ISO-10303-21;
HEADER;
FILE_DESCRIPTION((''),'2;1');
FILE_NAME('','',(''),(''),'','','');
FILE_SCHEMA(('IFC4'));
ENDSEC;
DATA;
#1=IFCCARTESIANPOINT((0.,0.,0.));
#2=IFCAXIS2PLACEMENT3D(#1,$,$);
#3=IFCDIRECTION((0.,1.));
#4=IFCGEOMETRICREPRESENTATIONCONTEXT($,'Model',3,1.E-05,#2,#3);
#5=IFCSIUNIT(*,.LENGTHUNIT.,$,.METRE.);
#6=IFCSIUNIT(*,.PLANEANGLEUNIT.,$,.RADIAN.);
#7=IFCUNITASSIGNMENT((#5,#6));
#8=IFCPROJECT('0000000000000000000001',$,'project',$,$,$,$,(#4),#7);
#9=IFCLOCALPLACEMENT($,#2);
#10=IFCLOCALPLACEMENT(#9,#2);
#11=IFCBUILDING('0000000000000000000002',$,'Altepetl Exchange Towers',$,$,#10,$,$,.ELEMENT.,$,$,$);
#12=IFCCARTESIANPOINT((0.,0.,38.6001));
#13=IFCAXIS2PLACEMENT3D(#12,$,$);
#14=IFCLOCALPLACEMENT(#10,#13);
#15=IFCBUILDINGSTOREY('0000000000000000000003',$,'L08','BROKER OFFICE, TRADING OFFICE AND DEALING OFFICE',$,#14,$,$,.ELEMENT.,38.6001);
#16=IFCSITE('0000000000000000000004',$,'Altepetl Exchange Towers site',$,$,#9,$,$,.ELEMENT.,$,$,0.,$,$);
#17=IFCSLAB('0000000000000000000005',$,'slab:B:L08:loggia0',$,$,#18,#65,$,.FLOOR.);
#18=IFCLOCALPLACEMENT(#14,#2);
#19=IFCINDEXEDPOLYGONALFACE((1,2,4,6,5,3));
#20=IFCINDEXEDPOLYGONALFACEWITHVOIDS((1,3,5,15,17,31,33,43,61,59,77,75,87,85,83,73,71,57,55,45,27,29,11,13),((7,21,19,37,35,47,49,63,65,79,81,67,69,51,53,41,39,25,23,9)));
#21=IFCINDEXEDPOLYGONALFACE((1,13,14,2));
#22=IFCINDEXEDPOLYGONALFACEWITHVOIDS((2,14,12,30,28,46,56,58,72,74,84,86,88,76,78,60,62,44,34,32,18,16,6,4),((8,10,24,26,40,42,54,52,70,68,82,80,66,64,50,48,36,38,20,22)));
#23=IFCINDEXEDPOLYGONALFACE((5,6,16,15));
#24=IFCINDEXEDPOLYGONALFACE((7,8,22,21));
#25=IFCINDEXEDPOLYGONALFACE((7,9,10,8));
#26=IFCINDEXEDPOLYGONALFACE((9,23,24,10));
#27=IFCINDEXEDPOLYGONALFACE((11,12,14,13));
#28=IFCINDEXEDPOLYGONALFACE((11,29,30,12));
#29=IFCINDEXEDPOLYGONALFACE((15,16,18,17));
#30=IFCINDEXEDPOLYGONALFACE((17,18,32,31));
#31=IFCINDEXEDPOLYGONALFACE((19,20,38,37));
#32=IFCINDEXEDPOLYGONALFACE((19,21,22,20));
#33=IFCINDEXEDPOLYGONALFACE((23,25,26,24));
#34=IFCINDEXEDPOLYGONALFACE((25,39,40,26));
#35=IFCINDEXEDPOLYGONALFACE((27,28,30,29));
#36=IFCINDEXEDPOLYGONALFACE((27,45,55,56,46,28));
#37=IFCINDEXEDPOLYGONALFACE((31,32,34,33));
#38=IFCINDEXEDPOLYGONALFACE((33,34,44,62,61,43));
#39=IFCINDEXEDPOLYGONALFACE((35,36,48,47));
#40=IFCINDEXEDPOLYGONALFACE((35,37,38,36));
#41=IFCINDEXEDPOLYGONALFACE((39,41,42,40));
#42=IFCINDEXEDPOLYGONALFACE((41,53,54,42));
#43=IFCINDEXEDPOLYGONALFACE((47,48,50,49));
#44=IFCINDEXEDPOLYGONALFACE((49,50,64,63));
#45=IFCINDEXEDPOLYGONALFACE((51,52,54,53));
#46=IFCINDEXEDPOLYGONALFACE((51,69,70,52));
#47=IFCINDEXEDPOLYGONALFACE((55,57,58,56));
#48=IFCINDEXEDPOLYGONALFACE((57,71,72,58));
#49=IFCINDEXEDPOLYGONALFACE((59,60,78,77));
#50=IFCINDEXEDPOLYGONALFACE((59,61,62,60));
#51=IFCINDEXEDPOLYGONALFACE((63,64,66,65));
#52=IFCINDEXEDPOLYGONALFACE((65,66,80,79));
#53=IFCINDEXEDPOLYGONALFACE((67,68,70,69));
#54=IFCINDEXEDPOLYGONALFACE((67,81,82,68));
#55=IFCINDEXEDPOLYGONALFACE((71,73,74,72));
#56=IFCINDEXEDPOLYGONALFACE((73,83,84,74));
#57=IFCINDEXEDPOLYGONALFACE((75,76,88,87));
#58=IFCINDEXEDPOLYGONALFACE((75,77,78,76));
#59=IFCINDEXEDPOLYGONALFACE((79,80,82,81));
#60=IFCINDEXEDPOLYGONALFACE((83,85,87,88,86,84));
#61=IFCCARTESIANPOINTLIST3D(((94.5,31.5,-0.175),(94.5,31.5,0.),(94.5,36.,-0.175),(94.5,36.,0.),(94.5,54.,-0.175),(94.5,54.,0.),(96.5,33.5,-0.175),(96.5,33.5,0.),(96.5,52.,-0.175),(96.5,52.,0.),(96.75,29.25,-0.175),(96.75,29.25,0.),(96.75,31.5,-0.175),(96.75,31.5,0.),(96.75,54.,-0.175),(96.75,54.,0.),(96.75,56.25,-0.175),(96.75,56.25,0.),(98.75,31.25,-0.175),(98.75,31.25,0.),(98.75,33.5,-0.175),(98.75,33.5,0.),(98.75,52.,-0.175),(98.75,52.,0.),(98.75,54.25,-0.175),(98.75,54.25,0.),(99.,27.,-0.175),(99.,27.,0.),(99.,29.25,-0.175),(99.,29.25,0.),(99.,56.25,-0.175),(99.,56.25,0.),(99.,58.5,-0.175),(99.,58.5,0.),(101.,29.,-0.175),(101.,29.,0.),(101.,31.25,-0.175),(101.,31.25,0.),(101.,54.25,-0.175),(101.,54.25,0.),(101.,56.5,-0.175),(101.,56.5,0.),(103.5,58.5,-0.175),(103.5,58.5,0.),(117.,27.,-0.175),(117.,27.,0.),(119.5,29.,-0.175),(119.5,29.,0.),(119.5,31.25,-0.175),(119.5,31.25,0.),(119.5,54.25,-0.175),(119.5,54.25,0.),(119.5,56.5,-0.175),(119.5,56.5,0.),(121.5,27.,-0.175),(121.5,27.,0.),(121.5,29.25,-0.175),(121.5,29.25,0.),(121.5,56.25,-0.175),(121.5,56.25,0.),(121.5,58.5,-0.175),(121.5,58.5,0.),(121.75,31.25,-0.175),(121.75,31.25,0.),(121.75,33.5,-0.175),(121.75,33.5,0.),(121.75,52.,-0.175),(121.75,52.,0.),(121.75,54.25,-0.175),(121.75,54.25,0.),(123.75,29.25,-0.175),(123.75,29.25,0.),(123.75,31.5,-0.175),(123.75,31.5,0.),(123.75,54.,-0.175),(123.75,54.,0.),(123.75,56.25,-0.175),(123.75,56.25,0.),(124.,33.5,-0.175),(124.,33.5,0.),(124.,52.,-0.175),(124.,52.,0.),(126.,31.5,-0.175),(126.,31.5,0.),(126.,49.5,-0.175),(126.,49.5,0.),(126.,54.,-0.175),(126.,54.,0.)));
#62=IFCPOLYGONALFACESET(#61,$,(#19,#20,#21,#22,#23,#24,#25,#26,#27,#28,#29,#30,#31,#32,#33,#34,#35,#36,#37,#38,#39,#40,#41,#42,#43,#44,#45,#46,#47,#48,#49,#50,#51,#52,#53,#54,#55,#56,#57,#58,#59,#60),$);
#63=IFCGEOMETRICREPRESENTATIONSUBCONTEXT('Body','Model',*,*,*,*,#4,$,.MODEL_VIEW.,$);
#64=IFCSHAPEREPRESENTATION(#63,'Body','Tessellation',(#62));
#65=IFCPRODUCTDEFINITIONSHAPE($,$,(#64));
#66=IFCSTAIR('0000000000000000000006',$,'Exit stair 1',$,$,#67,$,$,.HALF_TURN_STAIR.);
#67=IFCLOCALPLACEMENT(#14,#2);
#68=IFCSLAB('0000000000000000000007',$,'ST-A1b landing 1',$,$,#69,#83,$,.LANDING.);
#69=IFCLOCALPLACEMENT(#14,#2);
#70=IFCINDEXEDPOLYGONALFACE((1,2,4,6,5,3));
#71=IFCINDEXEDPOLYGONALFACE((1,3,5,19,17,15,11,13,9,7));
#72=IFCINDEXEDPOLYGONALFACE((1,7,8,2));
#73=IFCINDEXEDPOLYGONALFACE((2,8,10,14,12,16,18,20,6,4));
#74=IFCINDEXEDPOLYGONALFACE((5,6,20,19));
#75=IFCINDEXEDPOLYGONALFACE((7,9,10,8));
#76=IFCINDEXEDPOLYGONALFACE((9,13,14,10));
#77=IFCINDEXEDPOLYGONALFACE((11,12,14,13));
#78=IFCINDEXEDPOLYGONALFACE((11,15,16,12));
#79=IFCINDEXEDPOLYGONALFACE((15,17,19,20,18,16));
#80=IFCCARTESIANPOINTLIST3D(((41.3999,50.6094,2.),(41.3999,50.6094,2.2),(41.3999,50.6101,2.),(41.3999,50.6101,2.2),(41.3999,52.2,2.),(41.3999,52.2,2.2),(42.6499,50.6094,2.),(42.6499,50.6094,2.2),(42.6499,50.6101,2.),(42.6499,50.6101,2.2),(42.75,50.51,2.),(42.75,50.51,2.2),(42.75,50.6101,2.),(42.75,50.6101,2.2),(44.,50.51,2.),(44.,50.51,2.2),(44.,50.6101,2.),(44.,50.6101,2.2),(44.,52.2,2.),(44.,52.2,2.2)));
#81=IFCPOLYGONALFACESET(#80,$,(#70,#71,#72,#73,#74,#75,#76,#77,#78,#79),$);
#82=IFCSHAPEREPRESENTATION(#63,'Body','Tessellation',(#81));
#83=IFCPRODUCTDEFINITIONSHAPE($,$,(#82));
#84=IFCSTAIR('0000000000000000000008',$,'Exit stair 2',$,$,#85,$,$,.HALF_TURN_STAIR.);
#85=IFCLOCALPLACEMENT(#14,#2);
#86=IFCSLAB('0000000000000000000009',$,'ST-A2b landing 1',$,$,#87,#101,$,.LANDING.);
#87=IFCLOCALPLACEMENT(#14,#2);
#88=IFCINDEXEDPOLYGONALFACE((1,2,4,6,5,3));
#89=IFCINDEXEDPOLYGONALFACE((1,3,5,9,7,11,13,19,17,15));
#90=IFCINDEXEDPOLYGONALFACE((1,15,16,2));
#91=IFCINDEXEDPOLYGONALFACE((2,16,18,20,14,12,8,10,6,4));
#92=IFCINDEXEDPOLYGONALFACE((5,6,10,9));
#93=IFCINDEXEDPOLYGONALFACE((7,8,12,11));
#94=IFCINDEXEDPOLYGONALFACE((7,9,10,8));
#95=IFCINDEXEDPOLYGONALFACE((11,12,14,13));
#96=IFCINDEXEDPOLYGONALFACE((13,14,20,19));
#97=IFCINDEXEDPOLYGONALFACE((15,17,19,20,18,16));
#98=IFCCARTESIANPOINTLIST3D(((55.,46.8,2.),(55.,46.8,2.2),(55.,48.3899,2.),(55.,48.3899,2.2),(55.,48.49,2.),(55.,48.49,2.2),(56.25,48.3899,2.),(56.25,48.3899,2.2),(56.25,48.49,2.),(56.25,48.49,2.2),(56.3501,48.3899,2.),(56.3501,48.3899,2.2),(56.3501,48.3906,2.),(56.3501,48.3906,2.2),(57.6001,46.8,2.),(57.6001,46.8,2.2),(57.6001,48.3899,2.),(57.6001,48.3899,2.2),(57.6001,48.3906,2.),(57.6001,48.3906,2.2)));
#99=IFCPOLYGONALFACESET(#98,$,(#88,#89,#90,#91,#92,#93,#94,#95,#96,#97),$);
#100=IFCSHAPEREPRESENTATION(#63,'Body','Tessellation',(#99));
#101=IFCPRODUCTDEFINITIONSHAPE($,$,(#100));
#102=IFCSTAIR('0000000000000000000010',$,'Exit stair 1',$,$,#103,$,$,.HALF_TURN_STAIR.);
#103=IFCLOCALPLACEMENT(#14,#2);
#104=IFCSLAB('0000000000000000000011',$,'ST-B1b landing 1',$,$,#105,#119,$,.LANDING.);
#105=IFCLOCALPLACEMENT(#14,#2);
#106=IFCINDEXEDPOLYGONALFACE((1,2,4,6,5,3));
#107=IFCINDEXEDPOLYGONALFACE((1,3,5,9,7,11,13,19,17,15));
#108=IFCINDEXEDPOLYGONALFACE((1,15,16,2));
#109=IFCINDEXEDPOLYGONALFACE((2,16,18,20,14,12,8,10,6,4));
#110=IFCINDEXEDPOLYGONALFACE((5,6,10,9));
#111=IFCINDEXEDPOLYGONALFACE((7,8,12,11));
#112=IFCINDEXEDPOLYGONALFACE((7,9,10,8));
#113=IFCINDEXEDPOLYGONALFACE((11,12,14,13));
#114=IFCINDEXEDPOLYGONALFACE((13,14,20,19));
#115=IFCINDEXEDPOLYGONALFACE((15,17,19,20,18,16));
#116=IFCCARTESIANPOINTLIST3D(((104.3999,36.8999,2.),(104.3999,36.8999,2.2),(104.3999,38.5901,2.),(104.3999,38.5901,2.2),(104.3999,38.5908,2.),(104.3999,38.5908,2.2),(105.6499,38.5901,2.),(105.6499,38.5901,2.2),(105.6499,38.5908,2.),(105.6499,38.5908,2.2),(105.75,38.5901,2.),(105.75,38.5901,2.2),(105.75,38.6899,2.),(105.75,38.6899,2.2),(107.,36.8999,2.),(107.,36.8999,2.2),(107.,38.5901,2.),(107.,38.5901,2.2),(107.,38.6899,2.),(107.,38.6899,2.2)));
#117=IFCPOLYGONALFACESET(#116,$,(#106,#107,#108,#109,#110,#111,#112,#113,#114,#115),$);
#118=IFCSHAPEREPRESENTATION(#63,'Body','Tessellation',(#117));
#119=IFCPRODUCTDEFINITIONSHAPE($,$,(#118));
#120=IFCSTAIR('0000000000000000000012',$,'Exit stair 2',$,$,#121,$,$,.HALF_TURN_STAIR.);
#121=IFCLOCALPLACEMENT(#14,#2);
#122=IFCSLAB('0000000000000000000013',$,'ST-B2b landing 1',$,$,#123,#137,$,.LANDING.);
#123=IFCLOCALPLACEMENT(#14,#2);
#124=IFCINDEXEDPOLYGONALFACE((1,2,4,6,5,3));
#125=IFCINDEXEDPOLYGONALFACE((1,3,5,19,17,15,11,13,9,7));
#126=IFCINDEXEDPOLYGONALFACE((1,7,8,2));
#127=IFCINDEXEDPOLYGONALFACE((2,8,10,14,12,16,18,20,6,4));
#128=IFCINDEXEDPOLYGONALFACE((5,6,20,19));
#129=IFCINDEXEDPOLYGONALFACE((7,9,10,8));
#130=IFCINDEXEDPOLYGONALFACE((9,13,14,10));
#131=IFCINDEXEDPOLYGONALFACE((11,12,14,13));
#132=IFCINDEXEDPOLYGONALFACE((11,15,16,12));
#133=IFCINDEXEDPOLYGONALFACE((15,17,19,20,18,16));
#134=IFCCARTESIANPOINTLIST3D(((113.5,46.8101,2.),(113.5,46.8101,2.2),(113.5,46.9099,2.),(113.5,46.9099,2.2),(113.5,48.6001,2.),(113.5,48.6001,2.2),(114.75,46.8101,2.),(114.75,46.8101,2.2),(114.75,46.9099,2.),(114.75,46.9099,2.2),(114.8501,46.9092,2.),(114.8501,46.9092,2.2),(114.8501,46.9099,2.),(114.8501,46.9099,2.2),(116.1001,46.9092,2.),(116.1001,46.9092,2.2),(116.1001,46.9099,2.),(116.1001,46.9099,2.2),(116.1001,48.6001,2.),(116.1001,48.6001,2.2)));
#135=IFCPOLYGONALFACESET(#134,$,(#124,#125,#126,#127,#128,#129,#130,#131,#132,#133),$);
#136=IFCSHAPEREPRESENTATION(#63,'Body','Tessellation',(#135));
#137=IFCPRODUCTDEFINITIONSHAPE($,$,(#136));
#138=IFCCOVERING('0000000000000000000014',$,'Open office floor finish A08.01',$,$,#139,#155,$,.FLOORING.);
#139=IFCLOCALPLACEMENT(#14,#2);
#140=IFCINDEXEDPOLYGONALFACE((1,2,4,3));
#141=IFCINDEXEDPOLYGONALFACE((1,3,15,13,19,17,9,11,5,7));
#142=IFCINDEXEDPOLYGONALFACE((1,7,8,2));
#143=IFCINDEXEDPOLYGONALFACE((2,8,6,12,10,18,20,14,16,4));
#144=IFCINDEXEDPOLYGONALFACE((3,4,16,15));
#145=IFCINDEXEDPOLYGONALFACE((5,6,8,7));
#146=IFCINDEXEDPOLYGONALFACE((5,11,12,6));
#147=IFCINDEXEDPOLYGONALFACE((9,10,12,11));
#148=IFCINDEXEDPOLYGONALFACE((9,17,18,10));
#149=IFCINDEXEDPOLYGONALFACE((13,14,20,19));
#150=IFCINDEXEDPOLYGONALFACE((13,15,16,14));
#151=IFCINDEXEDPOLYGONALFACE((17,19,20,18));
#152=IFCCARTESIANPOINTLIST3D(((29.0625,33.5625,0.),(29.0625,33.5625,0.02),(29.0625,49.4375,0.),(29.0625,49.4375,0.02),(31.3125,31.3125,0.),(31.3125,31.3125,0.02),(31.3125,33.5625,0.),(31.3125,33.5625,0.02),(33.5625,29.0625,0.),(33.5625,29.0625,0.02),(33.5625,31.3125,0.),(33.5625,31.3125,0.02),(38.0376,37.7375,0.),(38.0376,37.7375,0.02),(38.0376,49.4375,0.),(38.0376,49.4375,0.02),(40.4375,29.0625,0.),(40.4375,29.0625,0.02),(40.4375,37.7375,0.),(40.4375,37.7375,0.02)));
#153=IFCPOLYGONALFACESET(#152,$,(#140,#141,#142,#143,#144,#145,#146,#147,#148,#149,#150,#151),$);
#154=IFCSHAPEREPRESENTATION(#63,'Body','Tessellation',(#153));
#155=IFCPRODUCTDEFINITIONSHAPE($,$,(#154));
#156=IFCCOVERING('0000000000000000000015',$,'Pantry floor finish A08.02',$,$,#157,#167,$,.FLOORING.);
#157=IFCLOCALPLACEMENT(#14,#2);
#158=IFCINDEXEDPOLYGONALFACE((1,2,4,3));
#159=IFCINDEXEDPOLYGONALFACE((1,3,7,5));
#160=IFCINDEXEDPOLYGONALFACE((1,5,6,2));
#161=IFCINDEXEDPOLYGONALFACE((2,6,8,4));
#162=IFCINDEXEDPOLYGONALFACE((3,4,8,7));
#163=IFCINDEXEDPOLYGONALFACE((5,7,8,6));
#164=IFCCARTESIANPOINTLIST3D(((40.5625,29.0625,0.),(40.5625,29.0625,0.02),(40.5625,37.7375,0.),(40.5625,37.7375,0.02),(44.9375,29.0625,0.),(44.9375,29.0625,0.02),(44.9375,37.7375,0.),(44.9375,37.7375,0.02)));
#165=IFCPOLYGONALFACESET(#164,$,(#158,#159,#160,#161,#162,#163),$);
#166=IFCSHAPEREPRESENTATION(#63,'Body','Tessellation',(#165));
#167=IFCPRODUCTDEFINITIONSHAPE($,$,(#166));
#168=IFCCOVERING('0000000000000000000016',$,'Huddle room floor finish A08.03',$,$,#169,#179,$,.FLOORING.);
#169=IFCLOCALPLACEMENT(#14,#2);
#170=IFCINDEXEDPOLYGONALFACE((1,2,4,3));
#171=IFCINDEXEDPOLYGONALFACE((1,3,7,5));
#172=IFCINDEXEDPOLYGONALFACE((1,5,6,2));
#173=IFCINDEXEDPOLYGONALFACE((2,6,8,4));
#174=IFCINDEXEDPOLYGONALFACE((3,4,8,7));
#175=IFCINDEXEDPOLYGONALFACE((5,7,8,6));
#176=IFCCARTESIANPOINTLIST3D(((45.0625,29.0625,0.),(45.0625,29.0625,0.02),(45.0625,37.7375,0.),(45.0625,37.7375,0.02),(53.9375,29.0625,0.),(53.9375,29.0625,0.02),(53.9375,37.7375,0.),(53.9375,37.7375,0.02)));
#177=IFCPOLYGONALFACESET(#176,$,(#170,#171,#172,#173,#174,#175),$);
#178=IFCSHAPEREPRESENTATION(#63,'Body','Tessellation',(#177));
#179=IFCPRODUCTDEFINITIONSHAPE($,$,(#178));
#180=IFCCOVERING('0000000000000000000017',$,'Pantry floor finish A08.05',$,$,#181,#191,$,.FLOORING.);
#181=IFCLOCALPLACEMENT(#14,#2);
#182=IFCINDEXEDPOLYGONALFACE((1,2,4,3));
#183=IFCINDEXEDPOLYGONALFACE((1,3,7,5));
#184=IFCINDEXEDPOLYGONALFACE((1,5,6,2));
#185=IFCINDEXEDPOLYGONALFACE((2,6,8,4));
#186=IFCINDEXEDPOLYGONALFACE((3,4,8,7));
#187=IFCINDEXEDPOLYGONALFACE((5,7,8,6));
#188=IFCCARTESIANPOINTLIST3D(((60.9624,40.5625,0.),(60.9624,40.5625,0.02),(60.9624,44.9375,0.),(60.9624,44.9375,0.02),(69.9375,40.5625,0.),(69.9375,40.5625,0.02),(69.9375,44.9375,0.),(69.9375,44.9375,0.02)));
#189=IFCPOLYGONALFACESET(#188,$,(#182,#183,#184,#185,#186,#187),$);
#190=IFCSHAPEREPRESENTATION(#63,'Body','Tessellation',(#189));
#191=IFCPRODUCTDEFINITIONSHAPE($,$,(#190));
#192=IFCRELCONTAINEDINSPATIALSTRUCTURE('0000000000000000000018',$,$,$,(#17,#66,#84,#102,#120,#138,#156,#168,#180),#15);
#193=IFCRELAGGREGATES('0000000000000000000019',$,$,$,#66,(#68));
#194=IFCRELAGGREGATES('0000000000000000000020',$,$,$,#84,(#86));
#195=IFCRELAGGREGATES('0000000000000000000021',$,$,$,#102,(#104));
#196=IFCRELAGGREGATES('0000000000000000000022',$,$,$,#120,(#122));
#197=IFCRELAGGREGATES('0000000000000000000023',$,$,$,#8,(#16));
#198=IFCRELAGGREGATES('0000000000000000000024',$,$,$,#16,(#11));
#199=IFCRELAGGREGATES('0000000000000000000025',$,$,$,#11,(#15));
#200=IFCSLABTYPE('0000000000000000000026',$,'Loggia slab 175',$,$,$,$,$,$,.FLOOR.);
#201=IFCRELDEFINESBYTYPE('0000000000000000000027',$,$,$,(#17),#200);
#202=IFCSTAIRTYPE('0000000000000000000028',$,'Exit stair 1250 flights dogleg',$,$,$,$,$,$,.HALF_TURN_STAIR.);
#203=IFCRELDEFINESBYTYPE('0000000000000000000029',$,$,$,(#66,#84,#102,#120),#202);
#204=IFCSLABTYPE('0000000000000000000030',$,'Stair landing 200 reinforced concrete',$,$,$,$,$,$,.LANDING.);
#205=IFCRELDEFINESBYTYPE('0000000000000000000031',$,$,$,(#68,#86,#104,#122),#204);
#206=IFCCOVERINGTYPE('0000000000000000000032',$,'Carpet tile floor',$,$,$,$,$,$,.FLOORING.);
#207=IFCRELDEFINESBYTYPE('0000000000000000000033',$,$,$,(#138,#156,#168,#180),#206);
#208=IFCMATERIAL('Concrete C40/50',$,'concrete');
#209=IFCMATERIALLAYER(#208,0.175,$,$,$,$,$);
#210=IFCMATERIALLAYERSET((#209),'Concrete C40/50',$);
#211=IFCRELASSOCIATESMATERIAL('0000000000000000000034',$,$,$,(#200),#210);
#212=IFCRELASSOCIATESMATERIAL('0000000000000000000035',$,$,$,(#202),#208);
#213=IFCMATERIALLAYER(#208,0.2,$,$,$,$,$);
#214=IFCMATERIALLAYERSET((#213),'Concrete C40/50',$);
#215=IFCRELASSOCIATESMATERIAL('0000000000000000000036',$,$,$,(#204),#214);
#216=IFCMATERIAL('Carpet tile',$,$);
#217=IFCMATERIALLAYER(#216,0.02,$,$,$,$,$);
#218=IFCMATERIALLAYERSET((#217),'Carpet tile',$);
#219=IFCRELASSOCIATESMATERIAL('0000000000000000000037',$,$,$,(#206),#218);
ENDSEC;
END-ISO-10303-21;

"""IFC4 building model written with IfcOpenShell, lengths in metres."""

from ifc_helpers import new_model, si_unit, direction, frame, origin, place, context, subcontext, project, spatial, polyline, outline, extrude, material, layer, layer_set, type_object, element, aggregate, save


model = new_model("IFC4")

# Units and contexts
model_context = context("Model", 3, precision=1e-05, world=origin(), true_north=direction((0.0, 1.0)))
body_context = subcontext(model_context, "Body", "Model", "MODEL_VIEW")
ifc_project = project(units=[si_unit("LENGTHUNIT", "METRE"), si_unit("PLANEANGLEUNIT", "RADIAN")], contexts=[model_context])

# Site, building, storey
site_placement = place(None, origin())
site = spatial("IfcSite", under=ifc_project, at=site_placement, Name="Altepetl Exchange Towers site", CompositionType="ELEMENT", RefElevation=0.0)
building_placement = place(site_placement, origin())
building = spatial("IfcBuilding", under=site, at=building_placement, Name="Altepetl Exchange Towers", CompositionType="ELEMENT")
storey_placement = place(building_placement, frame((0.0, 0.0, 38.6001)))
storey = spatial("IfcBuildingStorey", under=building, at=storey_placement, Name="L08", Description="BROKER OFFICE, TRADING OFFICE AND DEALING OFFICE", CompositionType="ELEMENT", Elevation=38.6001)

# Slab
ifc_material_1 = material(Name="Concrete C40/50", Category="concrete")
ifc_layer_1 = layer(ifc_material_1, 0.175)
ifc_layer_set_1 = layer_set([ifc_layer_1], Name="Concrete C40/50")
slab_type_1 = type_object("IfcSlabType", Name="Loggia slab 175", PredefinedType="FLOOR", material=ifc_layer_set_1)
slab_1_placement = place(storey_placement, frame((0.0, 0.0, -0.175)))
element("IfcSlab", 1, at=slab_1_placement, inside=storey, type_object=slab_type_1, Name="slab:B:L08:loggia0", PredefinedType="FLOOR", context=body_context, shape_type="SweptSolid", body=[
    extrude(outline(polyline([(96.75, 54.0), (94.5, 54.0), (94.5, 36.0), (94.5, 31.5), (96.75, 31.5), (96.75, 29.25), (99.0, 29.25), (99.0, 27.0), (117.0, 27.0), (121.5, 27.0), (121.5, 29.25), (123.75, 29.25), (123.75, 31.5), (126.0, 31.5), (126.0, 49.5), (126.0, 54.0), (123.75, 54.0), (123.75, 56.25), (121.5, 56.25), (121.5, 58.5), (103.5, 58.5), (99.0, 58.5), (99.0, 56.25), (96.75, 56.25), (96.75, 54.0)]), holes=[polyline([(96.5, 52.0), (98.75, 52.0), (98.75, 54.25), (101.0, 54.25), (101.0, 56.5), (119.5, 56.5), (119.5, 54.25), (121.75, 54.25), (121.75, 52.0), (124.0, 52.0), (124.0, 33.5), (121.75, 33.5), (121.75, 31.25), (119.5, 31.25), (119.5, 29.0), (101.0, 29.0), (101.0, 31.25), (98.75, 31.25), (98.75, 33.5), (96.5, 33.5), (96.5, 52.0)])]), origin(), (0.0, 0.0, 1.0), 0.175),
])

# Stairs, slabs
stair_type = type_object("IfcStairType", Name="Exit stair 1250 flights dogleg", PredefinedType="HALF_TURN_STAIR", material=ifc_material_1)
stair_1_placement = place(storey_placement, origin())
stair_1 = element("IfcStair", 2, at=stair_1_placement, inside=storey, type_object=stair_type, Name="Exit stair 1", PredefinedType="HALF_TURN_STAIR")
ifc_layer_2 = layer(ifc_material_1, 0.2)
ifc_layer_set_2 = layer_set([ifc_layer_2], Name="Concrete C40/50")
slab_type_2 = type_object("IfcSlabType", Name="Stair landing 200 reinforced concrete", PredefinedType="LANDING", material=ifc_layer_set_2)
slab_2_placement = place(storey_placement, frame((0.0, 0.0, 2.0)))
slab_2 = element("IfcSlab", 3, at=slab_2_placement, type_object=slab_type_2, Name="ST-A1b landing 1", PredefinedType="LANDING", context=body_context, shape_type="SweptSolid", body=[
    extrude(outline(polyline([(44.0, 50.51), (42.75, 50.51), (42.75, 50.6101), (42.6499, 50.6101), (42.6499, 50.6094), (41.3999, 50.6094), (41.3999, 50.6101), (41.3999, 52.2), (44.0, 52.2), (44.0, 50.6101), (44.0, 50.51)])), origin(), (0.0, 0.0, 1.0), 0.2),
])
aggregate(stair_1, [slab_2])
stair_2_placement = place(storey_placement, origin())
stair_2 = element("IfcStair", 4, at=stair_2_placement, inside=storey, type_object=stair_type, Name="Exit stair 2", PredefinedType="HALF_TURN_STAIR")
slab_3_placement = place(storey_placement, frame((0.0, 0.0, 2.0)))
slab_3 = element("IfcSlab", 5, at=slab_3_placement, type_object=slab_type_2, Name="ST-A2b landing 1", PredefinedType="LANDING", context=body_context, shape_type="SweptSolid", body=[
    extrude(outline(polyline([(57.6001, 46.8), (55.0, 46.8), (55.0, 48.3899), (55.0, 48.49), (56.25, 48.49), (56.25, 48.3899), (56.3501, 48.3899), (56.3501, 48.3906), (57.6001, 48.3906), (57.6001, 48.3899), (57.6001, 46.8)])), origin(), (0.0, 0.0, 1.0), 0.2),
])
aggregate(stair_2, [slab_3])
stair_3_placement = place(storey_placement, origin())
stair_3 = element("IfcStair", 6, at=stair_3_placement, inside=storey, type_object=stair_type, Name="Exit stair 1", PredefinedType="HALF_TURN_STAIR")
slab_4_placement = place(storey_placement, frame((0.0, 0.0, 2.0)))
slab_4 = element("IfcSlab", 7, at=slab_4_placement, type_object=slab_type_2, Name="ST-B1b landing 1", PredefinedType="LANDING", context=body_context, shape_type="SweptSolid", body=[
    extrude(outline(polyline([(107.0, 36.8999), (104.3999, 36.8999), (104.3999, 38.5901), (104.3999, 38.5908), (105.6499, 38.5908), (105.6499, 38.5901), (105.75, 38.5901), (105.75, 38.6899), (107.0, 38.6899), (107.0, 38.5901), (107.0, 36.8999)])), origin(), (0.0, 0.0, 1.0), 0.2),
])
aggregate(stair_3, [slab_4])
stair_4_placement = place(storey_placement, origin())
stair_4 = element("IfcStair", 8, at=stair_4_placement, inside=storey, type_object=stair_type, Name="Exit stair 2", PredefinedType="HALF_TURN_STAIR")
slab_5_placement = place(storey_placement, frame((0.0, 0.0, 2.0)))
slab_5 = element("IfcSlab", 9, at=slab_5_placement, type_object=slab_type_2, Name="ST-B2b landing 1", PredefinedType="LANDING", context=body_context, shape_type="SweptSolid", body=[
    extrude(outline(polyline([(114.75, 46.8101), (113.5, 46.8101), (113.5, 46.9099), (113.5, 48.6001), (116.1001, 48.6001), (116.1001, 46.9099), (116.1001, 46.9092), (114.8501, 46.9092), (114.8501, 46.9099), (114.75, 46.9099), (114.75, 46.8101)])), origin(), (0.0, 0.0, 1.0), 0.2),
])
aggregate(stair_4, [slab_5])

# Coverings
ifc_material_2 = material(Name="Carpet tile")
ifc_layer_3 = layer(ifc_material_2, 0.02)
ifc_layer_set_3 = layer_set([ifc_layer_3], Name="Carpet tile")
covering_type_1 = type_object("IfcCoveringType", Name="Carpet tile floor", PredefinedType="FLOORING", material=ifc_layer_set_3)
covering_1_placement = place(storey_placement, origin())
element("IfcCovering", 10, at=covering_1_placement, inside=storey, type_object=covering_type_1, Name="Open office floor finish A08.01", PredefinedType="FLOORING", context=body_context, shape_type="SweptSolid", body=[
    extrude(outline(polyline([(40.4375, 29.0625), (40.4375, 37.7375), (38.0376, 37.7375), (38.0376, 49.4375), (29.0625, 49.4375), (29.0625, 33.5625), (31.3125, 33.5625), (31.3125, 31.3125), (33.5625, 31.3125), (33.5625, 29.0625), (40.4375, 29.0625)])), origin(), (0.0, 0.0, 1.0), 0.02),
])
covering_2_placement = place(storey_placement, origin())
element("IfcCovering", 11, at=covering_2_placement, inside=storey, type_object=covering_type_1, Name="Pantry floor finish A08.02", PredefinedType="FLOORING", context=body_context, shape_type="SweptSolid", body=[
    extrude(outline(polyline([(44.9375, 29.0625), (44.9375, 37.7375), (40.5625, 37.7375), (40.5625, 29.0625), (44.9375, 29.0625)])), origin(), (0.0, 0.0, 1.0), 0.02),
])
covering_3_placement = place(storey_placement, origin())
element("IfcCovering", 12, at=covering_3_placement, inside=storey, type_object=covering_type_1, Name="Huddle room floor finish A08.03", PredefinedType="FLOORING", context=body_context, shape_type="SweptSolid", body=[
    extrude(outline(polyline([(53.9375, 29.0625), (53.9375, 37.7375), (45.0625, 37.7375), (45.0625, 29.0625), (53.9375, 29.0625)])), origin(), (0.0, 0.0, 1.0), 0.02),
])
covering_4_placement = place(storey_placement, origin())
element("IfcCovering", 13, at=covering_4_placement, inside=storey, type_object=covering_type_1, Name="Pantry floor finish A08.05", PredefinedType="FLOORING", context=body_context, shape_type="SweptSolid", body=[
    extrude(outline(polyline([(69.9375, 44.9375), (60.9624, 44.9375), (60.9624, 40.5625), (69.9375, 40.5625), (69.9375, 44.9375)])), origin(), (0.0, 0.0, 1.0), 0.02),
])

save(model, "model.ifc")
